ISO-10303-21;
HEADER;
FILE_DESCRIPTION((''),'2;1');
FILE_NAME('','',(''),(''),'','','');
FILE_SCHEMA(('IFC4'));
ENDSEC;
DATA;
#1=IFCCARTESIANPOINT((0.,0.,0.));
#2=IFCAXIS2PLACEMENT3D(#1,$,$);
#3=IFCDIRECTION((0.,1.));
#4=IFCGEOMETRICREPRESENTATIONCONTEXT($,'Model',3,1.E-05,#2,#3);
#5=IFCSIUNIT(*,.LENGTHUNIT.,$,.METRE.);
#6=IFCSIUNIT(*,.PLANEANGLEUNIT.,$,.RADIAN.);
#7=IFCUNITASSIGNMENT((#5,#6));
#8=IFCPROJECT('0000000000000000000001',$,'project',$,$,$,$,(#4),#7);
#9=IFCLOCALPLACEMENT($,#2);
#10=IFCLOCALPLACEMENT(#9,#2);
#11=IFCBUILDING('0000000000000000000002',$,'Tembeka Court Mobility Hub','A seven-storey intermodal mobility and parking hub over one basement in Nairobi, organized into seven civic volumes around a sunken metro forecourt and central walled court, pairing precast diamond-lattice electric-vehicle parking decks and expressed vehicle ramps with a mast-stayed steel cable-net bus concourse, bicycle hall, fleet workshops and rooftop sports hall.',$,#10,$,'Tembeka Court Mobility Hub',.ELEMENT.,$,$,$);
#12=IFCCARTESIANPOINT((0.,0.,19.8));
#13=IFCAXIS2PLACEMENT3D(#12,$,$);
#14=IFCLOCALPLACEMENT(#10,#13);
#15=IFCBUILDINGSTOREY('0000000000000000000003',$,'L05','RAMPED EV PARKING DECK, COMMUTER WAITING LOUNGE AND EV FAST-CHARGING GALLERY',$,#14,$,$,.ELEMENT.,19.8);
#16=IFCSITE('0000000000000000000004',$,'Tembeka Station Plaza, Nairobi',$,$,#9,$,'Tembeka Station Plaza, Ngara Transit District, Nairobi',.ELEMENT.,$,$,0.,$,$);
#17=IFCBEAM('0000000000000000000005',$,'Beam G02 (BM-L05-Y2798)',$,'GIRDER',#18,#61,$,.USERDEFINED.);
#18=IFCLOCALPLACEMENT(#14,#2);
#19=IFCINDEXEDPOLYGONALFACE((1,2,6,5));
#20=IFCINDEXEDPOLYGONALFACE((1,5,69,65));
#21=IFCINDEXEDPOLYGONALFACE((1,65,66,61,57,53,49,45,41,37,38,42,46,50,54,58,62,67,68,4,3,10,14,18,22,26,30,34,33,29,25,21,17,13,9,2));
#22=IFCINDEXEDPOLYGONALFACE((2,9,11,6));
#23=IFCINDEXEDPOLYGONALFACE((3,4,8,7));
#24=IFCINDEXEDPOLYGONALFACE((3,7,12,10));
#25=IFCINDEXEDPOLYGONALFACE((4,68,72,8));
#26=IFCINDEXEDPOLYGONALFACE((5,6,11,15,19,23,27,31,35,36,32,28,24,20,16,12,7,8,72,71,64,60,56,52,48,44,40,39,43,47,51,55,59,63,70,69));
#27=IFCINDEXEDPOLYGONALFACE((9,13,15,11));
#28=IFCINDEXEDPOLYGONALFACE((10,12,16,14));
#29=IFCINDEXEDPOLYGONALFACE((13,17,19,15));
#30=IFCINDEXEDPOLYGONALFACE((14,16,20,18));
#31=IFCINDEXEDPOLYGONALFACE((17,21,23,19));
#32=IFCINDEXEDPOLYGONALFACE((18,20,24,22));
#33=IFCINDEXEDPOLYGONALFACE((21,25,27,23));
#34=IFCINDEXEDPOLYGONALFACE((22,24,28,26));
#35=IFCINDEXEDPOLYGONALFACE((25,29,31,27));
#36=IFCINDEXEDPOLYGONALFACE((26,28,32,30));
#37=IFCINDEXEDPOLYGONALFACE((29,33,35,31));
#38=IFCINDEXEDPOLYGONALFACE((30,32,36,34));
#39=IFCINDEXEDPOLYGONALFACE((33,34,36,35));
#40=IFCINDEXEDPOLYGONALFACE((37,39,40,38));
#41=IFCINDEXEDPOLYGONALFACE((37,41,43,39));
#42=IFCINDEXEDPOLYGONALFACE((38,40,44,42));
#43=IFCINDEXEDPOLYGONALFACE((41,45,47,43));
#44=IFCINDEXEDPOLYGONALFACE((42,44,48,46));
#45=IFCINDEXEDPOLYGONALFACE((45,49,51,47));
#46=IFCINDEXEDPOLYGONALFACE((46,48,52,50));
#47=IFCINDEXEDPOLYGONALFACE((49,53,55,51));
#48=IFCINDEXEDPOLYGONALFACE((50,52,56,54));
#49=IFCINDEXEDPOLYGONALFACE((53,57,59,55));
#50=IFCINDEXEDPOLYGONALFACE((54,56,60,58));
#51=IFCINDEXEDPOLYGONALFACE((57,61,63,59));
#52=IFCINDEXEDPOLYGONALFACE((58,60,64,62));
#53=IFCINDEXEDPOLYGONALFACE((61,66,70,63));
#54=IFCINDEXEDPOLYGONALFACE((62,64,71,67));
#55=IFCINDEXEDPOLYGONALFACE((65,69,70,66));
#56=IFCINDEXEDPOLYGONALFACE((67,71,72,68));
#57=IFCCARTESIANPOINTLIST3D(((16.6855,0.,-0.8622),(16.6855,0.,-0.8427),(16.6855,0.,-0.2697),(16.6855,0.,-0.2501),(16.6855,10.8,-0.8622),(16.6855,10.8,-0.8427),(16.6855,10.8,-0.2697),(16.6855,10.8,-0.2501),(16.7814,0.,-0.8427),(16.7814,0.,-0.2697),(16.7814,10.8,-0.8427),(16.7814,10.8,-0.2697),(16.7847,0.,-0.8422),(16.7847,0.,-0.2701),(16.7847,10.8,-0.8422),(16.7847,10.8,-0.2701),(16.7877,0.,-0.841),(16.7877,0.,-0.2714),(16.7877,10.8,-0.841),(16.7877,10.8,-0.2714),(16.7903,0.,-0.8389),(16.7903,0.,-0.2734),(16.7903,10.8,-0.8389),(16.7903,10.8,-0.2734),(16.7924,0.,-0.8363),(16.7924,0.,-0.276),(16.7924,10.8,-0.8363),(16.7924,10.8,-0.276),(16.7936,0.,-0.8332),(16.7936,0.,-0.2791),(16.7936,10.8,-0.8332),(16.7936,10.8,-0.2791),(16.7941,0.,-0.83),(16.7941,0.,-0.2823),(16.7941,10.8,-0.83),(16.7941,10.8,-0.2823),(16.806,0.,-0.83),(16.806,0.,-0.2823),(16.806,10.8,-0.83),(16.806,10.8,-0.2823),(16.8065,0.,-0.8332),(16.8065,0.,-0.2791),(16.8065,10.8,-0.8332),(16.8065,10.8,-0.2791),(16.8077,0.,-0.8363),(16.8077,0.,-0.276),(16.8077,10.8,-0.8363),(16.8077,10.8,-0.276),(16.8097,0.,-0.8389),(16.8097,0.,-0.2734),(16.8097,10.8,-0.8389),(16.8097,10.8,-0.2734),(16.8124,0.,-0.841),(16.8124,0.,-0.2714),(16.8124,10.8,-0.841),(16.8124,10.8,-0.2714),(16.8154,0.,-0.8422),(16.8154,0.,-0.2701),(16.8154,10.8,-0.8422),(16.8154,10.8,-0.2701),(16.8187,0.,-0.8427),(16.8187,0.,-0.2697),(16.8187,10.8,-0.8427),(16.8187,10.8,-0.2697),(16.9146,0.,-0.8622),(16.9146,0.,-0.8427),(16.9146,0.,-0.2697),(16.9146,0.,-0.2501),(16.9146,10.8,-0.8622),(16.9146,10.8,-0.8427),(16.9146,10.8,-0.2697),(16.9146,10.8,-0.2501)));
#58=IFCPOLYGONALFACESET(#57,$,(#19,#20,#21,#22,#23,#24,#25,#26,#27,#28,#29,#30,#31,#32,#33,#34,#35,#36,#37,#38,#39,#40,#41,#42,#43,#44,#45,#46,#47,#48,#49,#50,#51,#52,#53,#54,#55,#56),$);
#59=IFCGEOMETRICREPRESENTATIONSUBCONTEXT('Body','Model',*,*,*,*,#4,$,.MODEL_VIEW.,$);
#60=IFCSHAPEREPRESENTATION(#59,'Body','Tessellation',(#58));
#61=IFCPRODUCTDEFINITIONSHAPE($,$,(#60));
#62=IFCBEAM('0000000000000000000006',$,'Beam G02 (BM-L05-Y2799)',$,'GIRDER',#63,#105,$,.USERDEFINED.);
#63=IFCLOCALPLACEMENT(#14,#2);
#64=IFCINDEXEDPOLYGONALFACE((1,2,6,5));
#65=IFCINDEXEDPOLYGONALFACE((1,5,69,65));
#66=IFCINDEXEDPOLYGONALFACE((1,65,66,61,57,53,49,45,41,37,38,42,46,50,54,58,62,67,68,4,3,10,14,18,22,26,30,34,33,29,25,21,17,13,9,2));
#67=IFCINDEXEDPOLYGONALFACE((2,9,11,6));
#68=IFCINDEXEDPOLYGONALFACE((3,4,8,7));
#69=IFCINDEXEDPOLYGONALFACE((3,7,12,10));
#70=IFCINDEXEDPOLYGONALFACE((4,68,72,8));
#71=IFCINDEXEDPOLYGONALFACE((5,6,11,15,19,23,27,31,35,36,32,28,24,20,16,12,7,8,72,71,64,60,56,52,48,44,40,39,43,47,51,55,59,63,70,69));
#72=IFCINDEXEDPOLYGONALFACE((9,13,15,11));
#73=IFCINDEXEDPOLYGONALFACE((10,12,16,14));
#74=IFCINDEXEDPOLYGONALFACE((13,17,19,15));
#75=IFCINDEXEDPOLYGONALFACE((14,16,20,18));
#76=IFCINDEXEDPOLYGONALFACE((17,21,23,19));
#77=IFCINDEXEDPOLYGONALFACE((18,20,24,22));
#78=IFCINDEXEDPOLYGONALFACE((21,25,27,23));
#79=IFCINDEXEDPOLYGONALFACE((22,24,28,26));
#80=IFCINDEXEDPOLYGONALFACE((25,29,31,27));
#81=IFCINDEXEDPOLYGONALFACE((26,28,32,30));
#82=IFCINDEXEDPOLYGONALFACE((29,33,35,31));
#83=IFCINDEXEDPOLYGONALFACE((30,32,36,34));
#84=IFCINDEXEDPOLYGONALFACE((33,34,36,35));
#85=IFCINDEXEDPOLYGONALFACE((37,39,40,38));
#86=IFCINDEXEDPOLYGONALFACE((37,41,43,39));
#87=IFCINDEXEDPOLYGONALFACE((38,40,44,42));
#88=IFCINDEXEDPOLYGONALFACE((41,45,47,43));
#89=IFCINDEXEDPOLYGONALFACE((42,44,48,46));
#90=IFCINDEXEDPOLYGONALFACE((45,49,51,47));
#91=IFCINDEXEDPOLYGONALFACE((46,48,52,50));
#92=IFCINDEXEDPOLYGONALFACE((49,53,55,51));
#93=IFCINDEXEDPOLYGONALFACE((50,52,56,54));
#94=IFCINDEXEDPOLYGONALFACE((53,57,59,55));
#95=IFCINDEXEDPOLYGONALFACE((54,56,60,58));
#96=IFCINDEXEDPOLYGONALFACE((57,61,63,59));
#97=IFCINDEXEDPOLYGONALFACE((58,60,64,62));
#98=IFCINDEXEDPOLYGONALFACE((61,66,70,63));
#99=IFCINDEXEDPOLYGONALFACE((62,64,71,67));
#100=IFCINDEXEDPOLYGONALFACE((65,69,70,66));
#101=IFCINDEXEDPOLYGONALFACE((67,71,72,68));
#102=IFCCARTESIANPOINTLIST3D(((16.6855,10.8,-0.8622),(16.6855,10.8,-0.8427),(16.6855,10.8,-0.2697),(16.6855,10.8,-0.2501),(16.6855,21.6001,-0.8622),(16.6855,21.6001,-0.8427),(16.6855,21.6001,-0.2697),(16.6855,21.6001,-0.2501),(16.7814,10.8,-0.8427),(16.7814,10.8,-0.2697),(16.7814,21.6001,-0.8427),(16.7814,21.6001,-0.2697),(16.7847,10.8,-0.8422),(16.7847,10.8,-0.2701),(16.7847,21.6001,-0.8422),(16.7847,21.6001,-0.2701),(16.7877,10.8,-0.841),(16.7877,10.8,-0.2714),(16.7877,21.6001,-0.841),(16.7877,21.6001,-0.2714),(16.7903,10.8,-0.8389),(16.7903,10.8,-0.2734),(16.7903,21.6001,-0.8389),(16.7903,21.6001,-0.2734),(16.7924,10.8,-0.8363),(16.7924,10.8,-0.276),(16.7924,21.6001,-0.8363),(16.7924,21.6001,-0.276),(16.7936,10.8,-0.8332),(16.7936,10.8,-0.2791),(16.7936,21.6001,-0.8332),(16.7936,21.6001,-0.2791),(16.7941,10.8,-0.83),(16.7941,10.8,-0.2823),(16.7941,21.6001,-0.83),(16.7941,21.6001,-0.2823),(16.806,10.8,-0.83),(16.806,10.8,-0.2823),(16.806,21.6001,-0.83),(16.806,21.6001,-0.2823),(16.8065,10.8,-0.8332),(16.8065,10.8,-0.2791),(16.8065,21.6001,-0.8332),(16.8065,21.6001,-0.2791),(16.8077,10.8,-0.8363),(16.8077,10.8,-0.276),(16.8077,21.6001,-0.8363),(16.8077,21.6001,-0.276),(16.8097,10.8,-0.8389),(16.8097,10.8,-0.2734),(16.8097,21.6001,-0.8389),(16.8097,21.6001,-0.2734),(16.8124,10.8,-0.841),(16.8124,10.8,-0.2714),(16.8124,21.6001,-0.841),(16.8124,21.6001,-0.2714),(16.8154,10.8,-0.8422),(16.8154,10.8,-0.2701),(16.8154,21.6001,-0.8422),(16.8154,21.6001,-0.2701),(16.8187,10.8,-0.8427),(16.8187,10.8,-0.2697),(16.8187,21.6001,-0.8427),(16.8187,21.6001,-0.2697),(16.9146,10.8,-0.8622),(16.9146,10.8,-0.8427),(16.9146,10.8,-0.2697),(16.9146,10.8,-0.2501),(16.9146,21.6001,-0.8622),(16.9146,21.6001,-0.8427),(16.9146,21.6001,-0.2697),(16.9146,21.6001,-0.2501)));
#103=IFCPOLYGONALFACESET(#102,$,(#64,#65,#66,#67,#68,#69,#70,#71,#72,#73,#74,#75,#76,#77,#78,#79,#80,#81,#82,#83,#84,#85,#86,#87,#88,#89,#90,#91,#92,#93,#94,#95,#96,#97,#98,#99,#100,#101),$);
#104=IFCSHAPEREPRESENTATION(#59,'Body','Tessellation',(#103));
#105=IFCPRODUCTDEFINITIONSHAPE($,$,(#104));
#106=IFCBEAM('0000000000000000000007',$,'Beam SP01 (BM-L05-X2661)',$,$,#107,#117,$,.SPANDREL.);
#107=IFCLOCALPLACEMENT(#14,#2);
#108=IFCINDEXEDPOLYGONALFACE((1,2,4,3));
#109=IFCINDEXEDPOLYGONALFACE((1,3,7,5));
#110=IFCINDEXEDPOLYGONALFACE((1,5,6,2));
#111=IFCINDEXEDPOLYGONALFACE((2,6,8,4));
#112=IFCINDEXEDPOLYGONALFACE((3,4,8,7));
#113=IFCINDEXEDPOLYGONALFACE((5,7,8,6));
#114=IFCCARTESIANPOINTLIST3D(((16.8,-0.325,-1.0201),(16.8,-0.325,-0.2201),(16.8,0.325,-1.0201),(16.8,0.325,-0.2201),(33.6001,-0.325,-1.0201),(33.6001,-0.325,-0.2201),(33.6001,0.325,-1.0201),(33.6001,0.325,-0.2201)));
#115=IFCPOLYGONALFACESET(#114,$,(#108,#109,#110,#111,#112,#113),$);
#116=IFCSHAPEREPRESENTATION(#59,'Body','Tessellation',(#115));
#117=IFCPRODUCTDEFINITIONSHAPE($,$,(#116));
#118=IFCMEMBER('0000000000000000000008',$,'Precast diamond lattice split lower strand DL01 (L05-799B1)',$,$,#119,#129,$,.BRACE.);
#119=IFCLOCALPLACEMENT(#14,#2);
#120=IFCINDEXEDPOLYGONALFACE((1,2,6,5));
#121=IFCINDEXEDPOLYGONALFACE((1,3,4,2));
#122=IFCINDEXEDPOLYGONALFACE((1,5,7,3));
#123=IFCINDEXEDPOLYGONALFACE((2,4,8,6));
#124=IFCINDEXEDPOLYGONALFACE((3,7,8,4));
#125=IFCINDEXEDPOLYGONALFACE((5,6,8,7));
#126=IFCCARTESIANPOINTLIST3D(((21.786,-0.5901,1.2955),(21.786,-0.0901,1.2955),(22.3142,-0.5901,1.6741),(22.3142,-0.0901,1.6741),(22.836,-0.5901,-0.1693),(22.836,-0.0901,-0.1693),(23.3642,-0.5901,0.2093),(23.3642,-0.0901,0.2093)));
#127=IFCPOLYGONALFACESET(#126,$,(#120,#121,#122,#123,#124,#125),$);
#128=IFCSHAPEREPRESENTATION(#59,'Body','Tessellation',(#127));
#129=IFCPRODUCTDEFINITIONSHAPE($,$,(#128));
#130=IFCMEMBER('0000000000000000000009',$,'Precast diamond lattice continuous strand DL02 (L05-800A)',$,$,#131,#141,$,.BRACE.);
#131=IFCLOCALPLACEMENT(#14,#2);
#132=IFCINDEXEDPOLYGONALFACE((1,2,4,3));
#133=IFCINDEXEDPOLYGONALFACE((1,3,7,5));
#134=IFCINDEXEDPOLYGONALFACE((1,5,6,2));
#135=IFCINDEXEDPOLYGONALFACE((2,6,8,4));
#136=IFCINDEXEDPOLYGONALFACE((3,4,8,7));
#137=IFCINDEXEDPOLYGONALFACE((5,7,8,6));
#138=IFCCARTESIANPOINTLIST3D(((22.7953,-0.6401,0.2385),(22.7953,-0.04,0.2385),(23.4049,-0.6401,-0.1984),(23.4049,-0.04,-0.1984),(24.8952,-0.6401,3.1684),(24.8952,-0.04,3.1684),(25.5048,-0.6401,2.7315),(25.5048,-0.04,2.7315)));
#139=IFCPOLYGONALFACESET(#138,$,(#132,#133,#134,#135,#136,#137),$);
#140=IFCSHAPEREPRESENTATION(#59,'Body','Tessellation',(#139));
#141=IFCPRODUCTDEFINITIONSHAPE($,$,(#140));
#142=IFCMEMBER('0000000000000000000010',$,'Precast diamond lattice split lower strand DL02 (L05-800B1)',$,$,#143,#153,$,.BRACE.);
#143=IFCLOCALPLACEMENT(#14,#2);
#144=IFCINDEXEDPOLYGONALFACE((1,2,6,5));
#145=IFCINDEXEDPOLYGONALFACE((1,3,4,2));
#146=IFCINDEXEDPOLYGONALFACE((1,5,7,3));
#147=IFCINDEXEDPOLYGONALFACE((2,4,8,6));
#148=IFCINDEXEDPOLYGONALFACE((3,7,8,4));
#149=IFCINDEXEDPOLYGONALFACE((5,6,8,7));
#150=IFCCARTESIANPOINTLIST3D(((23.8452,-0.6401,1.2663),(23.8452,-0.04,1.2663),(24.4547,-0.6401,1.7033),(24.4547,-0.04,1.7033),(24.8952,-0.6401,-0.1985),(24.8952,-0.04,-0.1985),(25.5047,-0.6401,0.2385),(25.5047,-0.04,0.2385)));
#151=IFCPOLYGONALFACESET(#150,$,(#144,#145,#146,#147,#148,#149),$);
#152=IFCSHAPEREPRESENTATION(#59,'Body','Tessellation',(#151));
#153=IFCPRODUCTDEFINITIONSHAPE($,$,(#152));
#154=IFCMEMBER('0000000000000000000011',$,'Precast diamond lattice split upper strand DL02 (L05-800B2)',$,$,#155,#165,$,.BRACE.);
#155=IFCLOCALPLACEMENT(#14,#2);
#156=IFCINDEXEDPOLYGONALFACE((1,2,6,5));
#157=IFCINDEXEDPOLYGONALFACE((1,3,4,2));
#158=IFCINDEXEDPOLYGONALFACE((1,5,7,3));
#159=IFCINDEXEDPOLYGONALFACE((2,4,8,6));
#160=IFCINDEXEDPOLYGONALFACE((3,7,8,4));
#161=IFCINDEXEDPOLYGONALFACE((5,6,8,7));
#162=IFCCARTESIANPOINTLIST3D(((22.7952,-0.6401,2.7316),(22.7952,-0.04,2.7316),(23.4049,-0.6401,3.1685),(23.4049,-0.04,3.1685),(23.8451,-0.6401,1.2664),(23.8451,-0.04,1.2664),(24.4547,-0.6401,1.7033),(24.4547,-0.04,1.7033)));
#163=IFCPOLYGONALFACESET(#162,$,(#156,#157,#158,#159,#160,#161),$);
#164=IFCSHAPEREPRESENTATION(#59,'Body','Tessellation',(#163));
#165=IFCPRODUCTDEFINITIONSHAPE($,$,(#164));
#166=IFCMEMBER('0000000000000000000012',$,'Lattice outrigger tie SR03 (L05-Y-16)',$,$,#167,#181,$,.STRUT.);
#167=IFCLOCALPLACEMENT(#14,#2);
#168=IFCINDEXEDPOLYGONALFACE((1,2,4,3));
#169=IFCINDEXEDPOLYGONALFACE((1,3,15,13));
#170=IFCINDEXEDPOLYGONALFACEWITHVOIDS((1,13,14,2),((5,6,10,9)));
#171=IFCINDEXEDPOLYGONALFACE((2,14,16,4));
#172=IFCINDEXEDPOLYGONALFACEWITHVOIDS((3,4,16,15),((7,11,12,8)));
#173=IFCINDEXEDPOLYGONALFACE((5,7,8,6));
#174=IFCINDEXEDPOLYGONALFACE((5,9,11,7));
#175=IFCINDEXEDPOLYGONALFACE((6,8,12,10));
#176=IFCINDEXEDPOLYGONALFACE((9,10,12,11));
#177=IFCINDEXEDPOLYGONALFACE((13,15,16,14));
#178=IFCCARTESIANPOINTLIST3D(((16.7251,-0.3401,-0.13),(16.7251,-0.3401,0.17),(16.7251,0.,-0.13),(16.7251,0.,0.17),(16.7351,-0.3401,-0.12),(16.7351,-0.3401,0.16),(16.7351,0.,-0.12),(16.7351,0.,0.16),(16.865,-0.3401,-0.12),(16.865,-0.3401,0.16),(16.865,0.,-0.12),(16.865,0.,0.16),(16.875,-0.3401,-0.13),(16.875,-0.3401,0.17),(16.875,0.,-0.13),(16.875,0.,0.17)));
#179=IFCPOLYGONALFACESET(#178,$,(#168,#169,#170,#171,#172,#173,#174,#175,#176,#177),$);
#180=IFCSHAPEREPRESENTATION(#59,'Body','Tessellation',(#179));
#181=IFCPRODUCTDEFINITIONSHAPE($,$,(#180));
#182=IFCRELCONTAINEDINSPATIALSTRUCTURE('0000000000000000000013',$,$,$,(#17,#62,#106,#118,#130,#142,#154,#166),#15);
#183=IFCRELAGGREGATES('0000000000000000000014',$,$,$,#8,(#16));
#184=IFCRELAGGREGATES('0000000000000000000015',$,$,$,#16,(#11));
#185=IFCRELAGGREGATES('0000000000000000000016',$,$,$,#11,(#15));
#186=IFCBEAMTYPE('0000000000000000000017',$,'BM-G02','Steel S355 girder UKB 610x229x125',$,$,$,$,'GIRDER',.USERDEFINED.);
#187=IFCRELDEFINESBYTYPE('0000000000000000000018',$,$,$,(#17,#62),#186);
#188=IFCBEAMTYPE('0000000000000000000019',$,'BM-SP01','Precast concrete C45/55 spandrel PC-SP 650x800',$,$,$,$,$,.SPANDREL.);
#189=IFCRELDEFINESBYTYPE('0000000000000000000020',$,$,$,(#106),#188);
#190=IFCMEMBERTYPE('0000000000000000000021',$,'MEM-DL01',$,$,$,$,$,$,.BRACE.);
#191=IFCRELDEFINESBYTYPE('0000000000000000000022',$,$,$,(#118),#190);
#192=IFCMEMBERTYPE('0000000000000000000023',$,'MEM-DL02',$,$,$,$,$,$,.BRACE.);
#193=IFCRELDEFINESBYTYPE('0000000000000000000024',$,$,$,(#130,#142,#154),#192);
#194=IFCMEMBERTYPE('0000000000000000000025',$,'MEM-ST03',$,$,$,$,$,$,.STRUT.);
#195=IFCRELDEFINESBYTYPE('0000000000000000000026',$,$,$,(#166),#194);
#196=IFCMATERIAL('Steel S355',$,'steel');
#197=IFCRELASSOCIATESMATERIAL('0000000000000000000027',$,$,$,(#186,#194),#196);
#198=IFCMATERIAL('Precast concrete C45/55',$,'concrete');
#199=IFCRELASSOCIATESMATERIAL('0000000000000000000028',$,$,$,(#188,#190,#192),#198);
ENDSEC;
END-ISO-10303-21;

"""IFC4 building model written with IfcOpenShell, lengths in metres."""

from ifc_helpers import new_model, si_unit, direction, frame, origin, origin_2d, place, context, subcontext, project, spatial, rectangle, hollow_rectangle, i_section, extrude, material, material_profile, profile_set, type_object, element, save


model = new_model("IFC4")

# Units and contexts
model_context = context("Model", 3, precision=1e-05, world=origin(), true_north=direction((0.0, 1.0)))
body_context = subcontext(model_context, "Body", "Model", "MODEL_VIEW")
ifc_project = project(units=[si_unit("LENGTHUNIT", "METRE"), si_unit("PLANEANGLEUNIT", "RADIAN")], contexts=[model_context])

# Site, building, storey
site_placement = place(None, origin())
site = spatial("IfcSite", under=ifc_project, at=site_placement, Name="Tembeka Station Plaza, Nairobi", LongName="Tembeka Station Plaza, Ngara Transit District, Nairobi", CompositionType="ELEMENT", RefElevation=0.0)
building_placement = place(site_placement, origin())
building = spatial("IfcBuilding", under=site, at=building_placement, Name="Tembeka Court Mobility Hub", Description="A seven-storey intermodal mobility and parking hub over one basement in Nairobi, organized into seven civic volumes around a sunken metro forecourt and central walled court, pairing precast diamond-lattice electric-vehicle parking decks and expressed vehicle ramps with a mast-stayed steel cable-net bus concourse, bicycle hall, fleet workshops and rooftop sports hall.", LongName="Tembeka Court Mobility Hub", CompositionType="ELEMENT")
storey_placement = place(building_placement, frame((0.0, 0.0, 19.8)))
storey = spatial("IfcBuildingStorey", under=building, at=storey_placement, Name="L05", Description="RAMPED EV PARKING DECK, COMMUTER WAITING LOUNGE AND EV FAST-CHARGING GALLERY", CompositionType="ELEMENT", Elevation=19.8)

# Shared definitions
ifc_material_1 = material(Name="Steel S355", Category="steel")

# Beams
ifc_material_profile_1 = material_profile(ifc_material_1, i_section(OverallWidth=0.229, OverallDepth=0.6121, WebThickness=0.012, FlangeThickness=0.0195, FilletRadius=0.0127, at=origin_2d()), Name="UKB 610x229x125")
ifc_profile_set_1 = profile_set([ifc_material_profile_1], Name="Steel S355")
beam_type_1 = type_object("IfcBeamType", Name="BM-G02", Description="Steel S355 girder UKB 610x229x125", ElementType="GIRDER", PredefinedType="USERDEFINED", material=ifc_profile_set_1)
for number, where, z_axis, x_axis, name in (
    (1, (16.8, 0.0, -0.5562), (0.0, 1.0, 0.0), (-1.0, 0.0, 0.0), "Beam G02 (BM-L05-Y2798)"),
    (2, (16.8, 10.8, -0.5562), (0.0, 1.0, 0.0), (-1.0, 0.0, 0.0), "Beam G02 (BM-L05-Y2799)"),
):
    element("IfcBeam", number, at=place(storey_placement, frame(where, z_axis=z_axis, x_axis=x_axis)), inside=storey, type_object=beam_type_1, Name=name, ObjectType="GIRDER", PredefinedType="USERDEFINED", context=body_context, shape_type="SweptSolid", body=[
        extrude(i_section(OverallWidth=0.229, OverallDepth=0.6121, WebThickness=0.012, FlangeThickness=0.0195, FilletRadius=0.0127, at=origin_2d()), origin(), (0.0, 0.0, 1.0), 10.8),
    ])
ifc_material_2 = material(Name="Precast concrete C45/55", Category="concrete")
ifc_material_profile_2 = material_profile(ifc_material_2, rectangle(XDim=0.6499, YDim=0.8, at=origin_2d()), Name="PC-SP 650x800")
ifc_profile_set_2 = profile_set([ifc_material_profile_2], Name="Precast concrete C45/55")
beam_type_2 = type_object("IfcBeamType", Name="BM-SP01", Description="Precast concrete C45/55 spandrel PC-SP 650x800", PredefinedType="SPANDREL", material=ifc_profile_set_2)
beam_1_placement = place(storey_placement, frame((16.8, 0.0, -0.6201), z_axis=(1.0, 0.0, 0.0), x_axis=(0.0, 1.0, 0.0)))
element("IfcBeam", 3, at=beam_1_placement, inside=storey, type_object=beam_type_2, Name="Beam SP01 (BM-L05-X2661)", PredefinedType="SPANDREL", context=body_context, shape_type="SweptSolid", body=[
    extrude(rectangle(XDim=0.6499, YDim=0.8, at=origin_2d()), origin(), (0.0, 0.0, 1.0), 16.8),
])

# Members
ifc_material_profile_3 = material_profile(ifc_material_2, rectangle(XDim=0.5, YDim=0.6499, at=origin_2d()), Name="PC-DIAG 500x650")
ifc_profile_set_3 = profile_set([ifc_material_profile_3], Name="Precast concrete C45/55")
member_type_1 = type_object("IfcMemberType", Name="MEM-DL01", PredefinedType="BRACE", material=ifc_profile_set_3)
member_1_placement = place(storey_placement, frame((23.1001, -0.3401, 0.02), z_axis=(-0.582608, 0.0, 0.812753), x_axis=(0.0, -1.0, 0.0)))
element("IfcMember", 4, at=member_1_placement, inside=storey, type_object=member_type_1, Name="Precast diamond lattice split lower strand DL01 (L05-799B1)", PredefinedType="BRACE", context=body_context, shape_type="SweptSolid", body=[
    extrude(rectangle(XDim=0.5, YDim=0.6499, at=origin_2d()), origin(), (0.0, 0.0, 1.0), 1.8022),
])
ifc_material_profile_4 = material_profile(ifc_material_2, rectangle(XDim=0.6001, YDim=0.75, at=origin_2d()), Name="PC-DIAG 600x750")
ifc_profile_set_4 = profile_set([ifc_material_profile_4], Name="Precast concrete C45/55")
member_type_2 = type_object("IfcMemberType", Name="MEM-DL02", PredefinedType="BRACE", material=ifc_profile_set_4)
member_2_placement = place(storey_placement, frame((23.1001, -0.3401, 0.02), z_axis=(0.582532, 0.0, 0.812808), x_axis=(0.0, 1.0, 0.0)))
element("IfcMember", 5, at=member_2_placement, inside=storey, type_object=member_type_2, Name="Precast diamond lattice continuous strand DL02 (L05-800A)", PredefinedType="BRACE", context=body_context, shape_type="SweptSolid", body=[
    extrude(rectangle(XDim=0.6001, YDim=0.75, at=origin_2d()), origin(), (0.0, 0.0, 1.0), 3.6047),
])
member_3_placement = place(storey_placement, frame((25.2, -0.3401, 0.02), z_axis=(-0.582608, 0.0, 0.812753), x_axis=(0.0, -1.0, 0.0)))
element("IfcMember", 6, at=member_3_placement, inside=storey, type_object=member_type_2, Name="Precast diamond lattice split lower strand DL02 (L05-800B1)", PredefinedType="BRACE", context=body_context, shape_type="SweptSolid", body=[
    extrude(rectangle(XDim=0.6001, YDim=0.75, at=origin_2d()), origin(), (0.0, 0.0, 1.0), 1.8022),
])
member_4_placement = place(storey_placement, frame((24.1499, -0.3401, 1.4849), z_axis=(-0.582455, 0.0, 0.812863), x_axis=(0.0, -1.0, 0.0)))
element("IfcMember", 7, at=member_4_placement, inside=storey, type_object=member_type_2, Name="Precast diamond lattice split upper strand DL02 (L05-800B2)", PredefinedType="BRACE", context=body_context, shape_type="SweptSolid", body=[
    extrude(rectangle(XDim=0.6001, YDim=0.75, at=origin_2d()), origin(), (0.0, 0.0, 1.0), 1.8025),
])
ifc_material_profile_5 = material_profile(ifc_material_1, hollow_rectangle(XDim=0.1499, YDim=0.3, WallThickness=0.01, at=origin_2d()), Name="RHS 300x150x10")
ifc_profile_set_5 = profile_set([ifc_material_profile_5], Name="Steel S355")
member_type_3 = type_object("IfcMemberType", Name="MEM-ST03", PredefinedType="STRUT", material=ifc_profile_set_5)
member_5_placement = place(storey_placement, frame((16.8, 0.0, 0.02), z_axis=(0.0, -1.0, 0.0), x_axis=(1.0, 0.0, 0.0)))
element("IfcMember", 8, at=member_5_placement, inside=storey, type_object=member_type_3, Name="Lattice outrigger tie SR03 (L05-Y-16)", PredefinedType="STRUT", context=body_context, shape_type="SweptSolid", body=[
    extrude(hollow_rectangle(XDim=0.1499, YDim=0.3, WallThickness=0.01, at=origin_2d()), origin(), (0.0, 0.0, 1.0), 0.3401),
])

save(model, "model.ifc")
